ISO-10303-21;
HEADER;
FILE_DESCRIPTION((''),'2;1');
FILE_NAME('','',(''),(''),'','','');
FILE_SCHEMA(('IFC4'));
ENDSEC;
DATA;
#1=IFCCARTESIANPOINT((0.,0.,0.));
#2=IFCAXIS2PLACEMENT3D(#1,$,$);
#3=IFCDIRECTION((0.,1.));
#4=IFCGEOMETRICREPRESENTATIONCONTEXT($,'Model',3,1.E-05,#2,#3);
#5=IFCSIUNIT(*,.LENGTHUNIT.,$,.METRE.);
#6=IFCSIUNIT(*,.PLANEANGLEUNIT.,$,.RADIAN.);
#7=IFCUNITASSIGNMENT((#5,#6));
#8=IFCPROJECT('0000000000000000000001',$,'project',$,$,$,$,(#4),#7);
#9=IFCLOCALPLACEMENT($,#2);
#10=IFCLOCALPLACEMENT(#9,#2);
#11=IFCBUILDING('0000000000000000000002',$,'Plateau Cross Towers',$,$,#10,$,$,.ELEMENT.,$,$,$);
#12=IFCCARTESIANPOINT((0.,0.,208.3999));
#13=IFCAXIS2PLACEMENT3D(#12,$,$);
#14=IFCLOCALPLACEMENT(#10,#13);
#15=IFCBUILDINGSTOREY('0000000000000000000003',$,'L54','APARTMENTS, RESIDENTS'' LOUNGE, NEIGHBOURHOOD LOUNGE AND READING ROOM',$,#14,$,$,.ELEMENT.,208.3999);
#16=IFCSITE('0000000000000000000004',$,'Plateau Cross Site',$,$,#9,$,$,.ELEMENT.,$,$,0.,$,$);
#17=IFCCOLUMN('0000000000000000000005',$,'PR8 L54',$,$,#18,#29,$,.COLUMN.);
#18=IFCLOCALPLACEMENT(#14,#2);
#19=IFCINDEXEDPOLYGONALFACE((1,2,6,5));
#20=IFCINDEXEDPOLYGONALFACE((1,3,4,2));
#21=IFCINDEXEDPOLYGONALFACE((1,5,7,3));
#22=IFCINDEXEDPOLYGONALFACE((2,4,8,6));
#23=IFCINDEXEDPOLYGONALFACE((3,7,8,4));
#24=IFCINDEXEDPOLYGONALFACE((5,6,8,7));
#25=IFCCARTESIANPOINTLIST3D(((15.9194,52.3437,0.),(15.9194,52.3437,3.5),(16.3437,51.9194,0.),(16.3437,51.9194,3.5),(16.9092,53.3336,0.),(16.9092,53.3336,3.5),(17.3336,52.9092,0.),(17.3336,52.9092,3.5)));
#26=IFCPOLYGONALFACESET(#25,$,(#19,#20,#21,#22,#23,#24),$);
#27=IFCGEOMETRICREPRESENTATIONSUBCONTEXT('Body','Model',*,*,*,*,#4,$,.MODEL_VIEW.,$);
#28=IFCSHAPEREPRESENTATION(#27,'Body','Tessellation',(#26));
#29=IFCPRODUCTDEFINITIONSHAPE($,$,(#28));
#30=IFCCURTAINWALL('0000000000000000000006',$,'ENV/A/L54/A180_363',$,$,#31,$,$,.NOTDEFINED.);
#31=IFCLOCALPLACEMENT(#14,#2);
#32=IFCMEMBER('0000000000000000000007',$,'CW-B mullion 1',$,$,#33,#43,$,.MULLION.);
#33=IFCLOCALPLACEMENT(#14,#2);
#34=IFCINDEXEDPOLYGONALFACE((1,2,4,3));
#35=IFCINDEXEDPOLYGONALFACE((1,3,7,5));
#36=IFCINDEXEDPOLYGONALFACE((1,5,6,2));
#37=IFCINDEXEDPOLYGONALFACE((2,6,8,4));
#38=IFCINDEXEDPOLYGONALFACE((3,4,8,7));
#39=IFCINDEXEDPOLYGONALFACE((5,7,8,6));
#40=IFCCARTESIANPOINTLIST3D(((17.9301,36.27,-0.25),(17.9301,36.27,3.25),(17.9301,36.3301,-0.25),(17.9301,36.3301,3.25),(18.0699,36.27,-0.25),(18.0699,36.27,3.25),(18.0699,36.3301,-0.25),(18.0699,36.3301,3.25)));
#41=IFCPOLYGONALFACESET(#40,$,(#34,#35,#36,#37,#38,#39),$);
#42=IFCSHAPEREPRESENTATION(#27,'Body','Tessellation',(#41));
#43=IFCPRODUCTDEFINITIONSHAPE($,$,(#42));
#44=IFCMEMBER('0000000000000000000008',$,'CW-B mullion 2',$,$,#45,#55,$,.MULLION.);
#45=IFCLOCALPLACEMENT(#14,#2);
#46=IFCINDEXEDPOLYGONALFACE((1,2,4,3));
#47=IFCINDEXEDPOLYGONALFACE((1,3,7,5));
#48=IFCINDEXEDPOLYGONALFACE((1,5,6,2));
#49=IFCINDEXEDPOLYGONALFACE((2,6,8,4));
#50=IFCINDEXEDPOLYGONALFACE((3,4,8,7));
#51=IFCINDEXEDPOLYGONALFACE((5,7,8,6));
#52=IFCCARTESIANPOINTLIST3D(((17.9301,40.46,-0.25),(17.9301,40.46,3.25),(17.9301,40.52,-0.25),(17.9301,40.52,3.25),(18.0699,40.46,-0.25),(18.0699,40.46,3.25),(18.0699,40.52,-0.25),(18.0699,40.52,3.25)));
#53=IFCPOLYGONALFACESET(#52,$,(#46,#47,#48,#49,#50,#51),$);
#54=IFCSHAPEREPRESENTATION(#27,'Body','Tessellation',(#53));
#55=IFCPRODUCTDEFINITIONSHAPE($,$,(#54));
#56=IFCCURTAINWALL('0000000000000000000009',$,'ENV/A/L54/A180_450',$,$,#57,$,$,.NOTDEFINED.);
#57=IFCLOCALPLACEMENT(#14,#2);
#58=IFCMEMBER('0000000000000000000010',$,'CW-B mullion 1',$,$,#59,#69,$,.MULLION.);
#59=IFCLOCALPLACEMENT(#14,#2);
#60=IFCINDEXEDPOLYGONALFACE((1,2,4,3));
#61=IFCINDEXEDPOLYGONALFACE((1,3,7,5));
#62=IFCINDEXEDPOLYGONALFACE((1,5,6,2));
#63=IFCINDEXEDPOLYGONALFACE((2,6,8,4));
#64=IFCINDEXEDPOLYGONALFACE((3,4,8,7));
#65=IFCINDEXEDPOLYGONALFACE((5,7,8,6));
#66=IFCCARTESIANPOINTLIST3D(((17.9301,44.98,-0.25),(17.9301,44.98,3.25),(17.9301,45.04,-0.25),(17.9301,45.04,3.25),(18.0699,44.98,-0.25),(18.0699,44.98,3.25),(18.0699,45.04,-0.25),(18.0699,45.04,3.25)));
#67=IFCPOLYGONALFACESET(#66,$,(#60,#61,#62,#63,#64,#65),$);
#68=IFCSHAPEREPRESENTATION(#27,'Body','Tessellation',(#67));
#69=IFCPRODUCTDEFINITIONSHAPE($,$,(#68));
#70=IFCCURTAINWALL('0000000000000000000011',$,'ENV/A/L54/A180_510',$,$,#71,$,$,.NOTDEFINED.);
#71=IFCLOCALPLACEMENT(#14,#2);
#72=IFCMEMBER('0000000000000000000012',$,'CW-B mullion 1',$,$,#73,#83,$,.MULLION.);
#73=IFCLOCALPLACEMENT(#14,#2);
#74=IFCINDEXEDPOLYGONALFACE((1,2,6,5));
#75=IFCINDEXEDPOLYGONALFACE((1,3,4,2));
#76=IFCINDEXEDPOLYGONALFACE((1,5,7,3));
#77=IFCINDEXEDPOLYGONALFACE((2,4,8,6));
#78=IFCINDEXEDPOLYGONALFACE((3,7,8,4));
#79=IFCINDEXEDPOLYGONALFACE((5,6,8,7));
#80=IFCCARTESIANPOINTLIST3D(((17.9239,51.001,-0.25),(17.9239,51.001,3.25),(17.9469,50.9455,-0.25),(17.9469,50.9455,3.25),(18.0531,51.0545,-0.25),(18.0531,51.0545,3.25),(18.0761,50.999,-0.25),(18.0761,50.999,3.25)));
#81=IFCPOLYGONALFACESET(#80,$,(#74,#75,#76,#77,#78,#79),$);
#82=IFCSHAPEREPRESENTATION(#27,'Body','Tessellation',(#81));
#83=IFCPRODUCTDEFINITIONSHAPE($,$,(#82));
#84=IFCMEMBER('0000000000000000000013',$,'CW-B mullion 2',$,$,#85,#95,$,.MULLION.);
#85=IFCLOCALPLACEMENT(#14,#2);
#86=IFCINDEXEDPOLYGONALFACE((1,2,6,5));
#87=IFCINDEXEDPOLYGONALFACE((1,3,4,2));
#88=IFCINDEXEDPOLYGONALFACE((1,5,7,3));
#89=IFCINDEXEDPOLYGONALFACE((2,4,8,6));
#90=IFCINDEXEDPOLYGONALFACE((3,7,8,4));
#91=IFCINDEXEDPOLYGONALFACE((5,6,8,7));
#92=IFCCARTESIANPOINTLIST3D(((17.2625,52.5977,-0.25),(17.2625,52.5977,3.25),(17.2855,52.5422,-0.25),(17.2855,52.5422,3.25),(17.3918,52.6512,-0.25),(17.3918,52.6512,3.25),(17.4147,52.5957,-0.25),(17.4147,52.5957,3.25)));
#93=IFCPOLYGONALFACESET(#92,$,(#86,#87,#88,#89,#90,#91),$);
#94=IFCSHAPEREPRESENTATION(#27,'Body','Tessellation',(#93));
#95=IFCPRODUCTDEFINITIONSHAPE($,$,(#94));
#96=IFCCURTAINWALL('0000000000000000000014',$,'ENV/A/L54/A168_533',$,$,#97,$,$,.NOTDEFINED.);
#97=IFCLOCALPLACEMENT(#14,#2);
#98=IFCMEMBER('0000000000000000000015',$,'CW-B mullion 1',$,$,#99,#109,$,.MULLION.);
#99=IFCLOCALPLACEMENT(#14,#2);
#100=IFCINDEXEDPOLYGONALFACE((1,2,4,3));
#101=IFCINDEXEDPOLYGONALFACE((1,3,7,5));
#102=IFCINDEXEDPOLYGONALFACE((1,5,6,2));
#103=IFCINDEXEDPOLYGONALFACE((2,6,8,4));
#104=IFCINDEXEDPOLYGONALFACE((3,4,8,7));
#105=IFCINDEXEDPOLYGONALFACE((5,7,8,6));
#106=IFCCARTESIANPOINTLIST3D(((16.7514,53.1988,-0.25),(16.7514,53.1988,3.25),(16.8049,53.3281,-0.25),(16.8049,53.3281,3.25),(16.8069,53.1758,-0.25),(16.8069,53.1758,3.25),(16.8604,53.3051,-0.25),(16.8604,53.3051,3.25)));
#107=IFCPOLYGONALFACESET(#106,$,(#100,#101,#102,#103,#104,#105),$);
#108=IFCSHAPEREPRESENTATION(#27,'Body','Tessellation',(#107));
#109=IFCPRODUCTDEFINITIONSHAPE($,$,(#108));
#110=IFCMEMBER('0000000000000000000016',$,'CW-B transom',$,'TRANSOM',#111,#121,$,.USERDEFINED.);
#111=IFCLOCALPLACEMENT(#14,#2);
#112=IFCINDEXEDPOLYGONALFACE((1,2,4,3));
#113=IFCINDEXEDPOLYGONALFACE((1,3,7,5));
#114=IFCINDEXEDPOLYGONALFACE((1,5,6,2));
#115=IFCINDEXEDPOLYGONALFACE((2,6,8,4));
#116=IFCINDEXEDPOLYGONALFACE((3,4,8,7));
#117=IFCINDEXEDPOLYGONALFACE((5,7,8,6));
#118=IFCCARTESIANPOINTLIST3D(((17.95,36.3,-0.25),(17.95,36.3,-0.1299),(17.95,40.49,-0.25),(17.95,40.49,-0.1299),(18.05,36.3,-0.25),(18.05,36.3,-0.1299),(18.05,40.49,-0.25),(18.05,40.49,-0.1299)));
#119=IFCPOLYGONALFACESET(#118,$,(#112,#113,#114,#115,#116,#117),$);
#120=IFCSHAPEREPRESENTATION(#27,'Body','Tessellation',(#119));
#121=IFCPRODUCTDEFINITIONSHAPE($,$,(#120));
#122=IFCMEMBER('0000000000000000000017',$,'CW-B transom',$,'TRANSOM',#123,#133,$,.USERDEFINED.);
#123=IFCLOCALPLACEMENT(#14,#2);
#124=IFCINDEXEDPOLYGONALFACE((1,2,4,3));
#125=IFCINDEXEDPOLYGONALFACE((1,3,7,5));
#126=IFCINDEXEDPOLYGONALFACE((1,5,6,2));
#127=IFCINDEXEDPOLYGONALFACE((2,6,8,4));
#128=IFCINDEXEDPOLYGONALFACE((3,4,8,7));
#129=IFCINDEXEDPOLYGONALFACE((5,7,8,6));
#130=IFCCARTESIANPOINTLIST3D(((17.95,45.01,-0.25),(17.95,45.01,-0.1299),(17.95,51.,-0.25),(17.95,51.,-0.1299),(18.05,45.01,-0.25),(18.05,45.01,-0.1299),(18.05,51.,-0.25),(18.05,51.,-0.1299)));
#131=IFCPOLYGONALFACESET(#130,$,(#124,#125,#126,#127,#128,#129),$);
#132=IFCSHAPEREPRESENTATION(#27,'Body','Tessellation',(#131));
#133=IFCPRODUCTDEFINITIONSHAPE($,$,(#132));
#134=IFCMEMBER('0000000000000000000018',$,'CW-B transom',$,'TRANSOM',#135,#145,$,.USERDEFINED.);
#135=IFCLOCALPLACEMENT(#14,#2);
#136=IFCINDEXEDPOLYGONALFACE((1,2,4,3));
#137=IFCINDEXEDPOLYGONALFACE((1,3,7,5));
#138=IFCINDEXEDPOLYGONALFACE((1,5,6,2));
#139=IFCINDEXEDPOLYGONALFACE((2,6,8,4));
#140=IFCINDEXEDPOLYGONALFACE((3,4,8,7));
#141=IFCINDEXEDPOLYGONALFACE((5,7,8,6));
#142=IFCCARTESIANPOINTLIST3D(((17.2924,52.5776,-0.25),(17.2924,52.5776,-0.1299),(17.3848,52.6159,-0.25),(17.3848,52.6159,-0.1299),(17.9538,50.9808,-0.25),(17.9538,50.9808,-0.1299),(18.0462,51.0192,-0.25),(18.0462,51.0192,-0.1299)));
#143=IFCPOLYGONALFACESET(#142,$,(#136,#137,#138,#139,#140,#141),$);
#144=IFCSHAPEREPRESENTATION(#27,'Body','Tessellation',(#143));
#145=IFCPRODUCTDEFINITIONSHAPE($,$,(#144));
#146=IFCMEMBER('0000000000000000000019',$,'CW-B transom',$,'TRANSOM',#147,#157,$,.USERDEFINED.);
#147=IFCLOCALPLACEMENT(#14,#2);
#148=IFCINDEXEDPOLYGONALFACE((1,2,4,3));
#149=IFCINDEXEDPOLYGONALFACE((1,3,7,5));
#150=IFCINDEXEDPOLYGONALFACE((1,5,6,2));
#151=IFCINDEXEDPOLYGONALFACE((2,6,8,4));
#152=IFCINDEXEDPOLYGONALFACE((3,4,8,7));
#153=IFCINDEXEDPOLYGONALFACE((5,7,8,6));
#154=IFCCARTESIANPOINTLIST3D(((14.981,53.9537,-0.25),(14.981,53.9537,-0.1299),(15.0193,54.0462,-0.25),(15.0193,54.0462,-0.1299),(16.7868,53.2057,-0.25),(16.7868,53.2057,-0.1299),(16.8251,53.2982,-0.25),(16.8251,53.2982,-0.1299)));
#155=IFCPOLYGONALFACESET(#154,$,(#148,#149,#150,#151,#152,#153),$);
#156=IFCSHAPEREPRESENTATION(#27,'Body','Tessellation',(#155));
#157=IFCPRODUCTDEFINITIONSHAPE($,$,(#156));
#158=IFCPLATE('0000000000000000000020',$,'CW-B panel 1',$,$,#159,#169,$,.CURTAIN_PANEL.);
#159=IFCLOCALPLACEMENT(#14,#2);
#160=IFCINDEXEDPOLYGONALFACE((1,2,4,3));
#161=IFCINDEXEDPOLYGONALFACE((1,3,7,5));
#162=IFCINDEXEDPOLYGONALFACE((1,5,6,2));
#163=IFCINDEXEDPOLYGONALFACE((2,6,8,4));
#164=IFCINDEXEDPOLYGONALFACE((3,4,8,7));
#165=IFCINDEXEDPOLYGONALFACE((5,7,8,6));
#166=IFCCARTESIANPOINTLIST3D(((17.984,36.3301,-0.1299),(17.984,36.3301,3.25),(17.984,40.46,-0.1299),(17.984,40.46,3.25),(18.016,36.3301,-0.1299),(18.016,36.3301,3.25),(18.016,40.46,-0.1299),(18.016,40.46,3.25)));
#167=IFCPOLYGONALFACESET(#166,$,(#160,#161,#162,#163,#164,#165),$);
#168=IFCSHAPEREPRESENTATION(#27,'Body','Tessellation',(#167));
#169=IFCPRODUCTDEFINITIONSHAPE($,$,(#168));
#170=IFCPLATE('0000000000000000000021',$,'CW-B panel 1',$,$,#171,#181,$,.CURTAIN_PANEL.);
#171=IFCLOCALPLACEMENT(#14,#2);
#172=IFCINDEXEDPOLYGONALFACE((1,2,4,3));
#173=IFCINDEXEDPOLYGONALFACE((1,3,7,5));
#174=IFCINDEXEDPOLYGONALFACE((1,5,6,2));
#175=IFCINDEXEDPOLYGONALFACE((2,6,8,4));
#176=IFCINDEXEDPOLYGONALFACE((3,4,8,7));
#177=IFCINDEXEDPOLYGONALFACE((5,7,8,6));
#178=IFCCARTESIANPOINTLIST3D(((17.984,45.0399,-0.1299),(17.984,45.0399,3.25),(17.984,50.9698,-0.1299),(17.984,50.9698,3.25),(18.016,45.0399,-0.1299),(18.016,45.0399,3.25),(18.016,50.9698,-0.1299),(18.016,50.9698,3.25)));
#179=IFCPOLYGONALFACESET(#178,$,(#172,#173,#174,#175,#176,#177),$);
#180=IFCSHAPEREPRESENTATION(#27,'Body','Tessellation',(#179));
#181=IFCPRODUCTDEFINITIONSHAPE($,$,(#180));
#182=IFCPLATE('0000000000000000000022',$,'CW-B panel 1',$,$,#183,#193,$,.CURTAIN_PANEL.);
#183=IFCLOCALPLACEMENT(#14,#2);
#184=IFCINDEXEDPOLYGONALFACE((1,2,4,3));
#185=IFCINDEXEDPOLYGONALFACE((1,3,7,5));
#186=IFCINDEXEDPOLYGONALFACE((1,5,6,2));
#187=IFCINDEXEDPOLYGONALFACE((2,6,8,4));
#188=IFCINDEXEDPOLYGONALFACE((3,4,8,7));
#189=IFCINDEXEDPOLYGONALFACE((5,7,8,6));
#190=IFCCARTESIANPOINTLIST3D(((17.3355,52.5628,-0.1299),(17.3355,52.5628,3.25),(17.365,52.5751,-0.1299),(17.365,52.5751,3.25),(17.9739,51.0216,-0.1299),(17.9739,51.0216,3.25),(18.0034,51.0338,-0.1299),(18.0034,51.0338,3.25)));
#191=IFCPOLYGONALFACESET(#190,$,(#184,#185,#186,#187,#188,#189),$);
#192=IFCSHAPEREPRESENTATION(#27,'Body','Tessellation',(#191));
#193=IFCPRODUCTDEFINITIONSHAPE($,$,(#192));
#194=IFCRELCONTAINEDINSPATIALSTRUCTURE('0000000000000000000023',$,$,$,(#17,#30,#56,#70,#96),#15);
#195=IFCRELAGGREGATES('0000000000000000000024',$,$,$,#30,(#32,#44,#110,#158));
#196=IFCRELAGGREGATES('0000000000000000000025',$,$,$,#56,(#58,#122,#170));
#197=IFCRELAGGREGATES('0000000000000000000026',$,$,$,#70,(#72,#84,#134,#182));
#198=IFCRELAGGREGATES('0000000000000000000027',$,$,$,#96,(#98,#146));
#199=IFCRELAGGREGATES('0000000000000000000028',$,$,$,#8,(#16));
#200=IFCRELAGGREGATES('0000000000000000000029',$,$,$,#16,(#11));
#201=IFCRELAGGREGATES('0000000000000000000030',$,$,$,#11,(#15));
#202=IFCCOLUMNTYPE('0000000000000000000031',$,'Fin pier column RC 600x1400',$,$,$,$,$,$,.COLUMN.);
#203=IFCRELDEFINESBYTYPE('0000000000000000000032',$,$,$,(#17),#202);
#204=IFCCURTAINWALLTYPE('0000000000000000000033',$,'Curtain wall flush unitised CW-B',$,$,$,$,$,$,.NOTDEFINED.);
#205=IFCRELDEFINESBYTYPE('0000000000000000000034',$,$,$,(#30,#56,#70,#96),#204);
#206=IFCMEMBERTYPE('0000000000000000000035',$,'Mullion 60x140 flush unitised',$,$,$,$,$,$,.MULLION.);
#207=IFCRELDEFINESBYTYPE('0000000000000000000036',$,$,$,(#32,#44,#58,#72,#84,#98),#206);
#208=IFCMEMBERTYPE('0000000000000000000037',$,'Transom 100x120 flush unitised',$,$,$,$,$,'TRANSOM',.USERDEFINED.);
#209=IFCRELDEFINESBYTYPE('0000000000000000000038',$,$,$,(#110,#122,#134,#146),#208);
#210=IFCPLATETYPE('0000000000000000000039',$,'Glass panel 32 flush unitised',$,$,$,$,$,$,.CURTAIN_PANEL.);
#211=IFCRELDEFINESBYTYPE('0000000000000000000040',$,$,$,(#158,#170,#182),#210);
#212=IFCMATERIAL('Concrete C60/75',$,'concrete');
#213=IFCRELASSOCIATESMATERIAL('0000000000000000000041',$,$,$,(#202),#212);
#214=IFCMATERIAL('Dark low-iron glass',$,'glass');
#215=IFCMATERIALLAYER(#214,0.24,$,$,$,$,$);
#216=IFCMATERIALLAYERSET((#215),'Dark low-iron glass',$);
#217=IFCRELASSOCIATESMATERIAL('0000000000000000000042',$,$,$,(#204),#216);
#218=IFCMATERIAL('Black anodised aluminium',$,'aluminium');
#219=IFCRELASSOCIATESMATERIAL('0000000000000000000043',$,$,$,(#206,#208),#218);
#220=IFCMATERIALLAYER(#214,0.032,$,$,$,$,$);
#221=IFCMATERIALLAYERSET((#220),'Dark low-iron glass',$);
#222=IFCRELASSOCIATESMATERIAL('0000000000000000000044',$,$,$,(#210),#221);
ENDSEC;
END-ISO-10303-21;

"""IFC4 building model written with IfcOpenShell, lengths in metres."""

from ifc_helpers import new_model, si_unit, direction, frame, origin, origin_2d, place, context, subcontext, project, spatial, rectangle, extrude, material, layer, layer_set, material_profile, profile_set, type_object, element, aggregate, save


model = new_model("IFC4")

# Units and contexts
model_context = context("Model", 3, precision=1e-05, world=origin(), true_north=direction((0.0, 1.0)))
body_context = subcontext(model_context, "Body", "Model", "MODEL_VIEW")
ifc_project = project(units=[si_unit("LENGTHUNIT", "METRE"), si_unit("PLANEANGLEUNIT", "RADIAN")], contexts=[model_context])

# Site, building, storey
site_placement = place(None, origin())
site = spatial("IfcSite", under=ifc_project, at=site_placement, Name="Plateau Cross Site", CompositionType="ELEMENT", RefElevation=0.0)
building_placement = place(site_placement, origin())
building = spatial("IfcBuilding", under=site, at=building_placement, Name="Plateau Cross Towers", CompositionType="ELEMENT")
storey_placement = place(building_placement, frame((0.0, 0.0, 208.3999)))
storey = spatial("IfcBuildingStorey", under=building, at=storey_placement, Name="L54", Description="APARTMENTS, RESIDENTS' LOUNGE, NEIGHBOURHOOD LOUNGE AND READING ROOM", CompositionType="ELEMENT", Elevation=208.3999)

# Column
ifc_material_1 = material(Name="Concrete C60/75", Category="concrete")
ifc_material_profile_1 = material_profile(ifc_material_1, rectangle(XDim=0.6001, YDim=1.3999, at=origin_2d()), Name="RC 600x1400")
ifc_profile_set_1 = profile_set([ifc_material_profile_1], Name="Concrete C60/75")
column_type = type_object("IfcColumnType", Name="Fin pier column RC 600x1400", PredefinedType="COLUMN", material=ifc_profile_set_1)
column_placement = place(storey_placement, frame((16.6265, 52.6265, 0.0), z_axis=(0.0, 0.0, 1.0), x_axis=(-0.707107, 0.707107, 0.0)))
element("IfcColumn", 1, at=column_placement, inside=storey, type_object=column_type, Name="PR8 L54", PredefinedType="COLUMN", context=body_context, shape_type="SweptSolid", body=[
    extrude(rectangle(XDim=0.6001, YDim=1.3999, at=origin_2d()), origin(), (0.0, 0.0, 1.0), 3.5),
])

# Curtain wall, members
ifc_material_2 = material(Name="Dark low-iron glass", Category="glass")
ifc_layer_1 = layer(ifc_material_2, 0.24)
ifc_layer_set_1 = layer_set([ifc_layer_1], Name="Dark low-iron glass")
curtain_wall_type = type_object("IfcCurtainWallType", Name="Curtain wall flush unitised CW-B", PredefinedType="NOTDEFINED", material=ifc_layer_set_1)
curtain_wall_1_placement = place(storey_placement, origin())
curtain_wall_1 = element("IfcCurtainWall", 2, at=curtain_wall_1_placement, inside=storey, type_object=curtain_wall_type, Name="ENV/A/L54/A180_363", PredefinedType="NOTDEFINED")
ifc_material_3 = material(Name="Black anodised aluminium", Category="aluminium")
ifc_material_profile_2 = material_profile(ifc_material_3, rectangle(XDim=0.0601, YDim=0.1399, at=origin_2d()), Name="MULLION 60x140")
ifc_profile_set_2 = profile_set([ifc_material_profile_2], Name="Black anodised aluminium")
member_type_1 = type_object("IfcMemberType", Name="Mullion 60x140 flush unitised", PredefinedType="MULLION", material=ifc_profile_set_2)
member_1_placement = place(storey_placement, frame((18.0, 36.3, -0.25), z_axis=(0.0, 0.0, 1.0), x_axis=(0.0, 1.0, 0.0)))
member_1 = element("IfcMember", 3, at=member_1_placement, type_object=member_type_1, Name="CW-B mullion 1", PredefinedType="MULLION", context=body_context, shape_type="SweptSolid", body=[
    extrude(rectangle(XDim=0.0601, YDim=0.1399, at=origin_2d()), origin(), (0.0, 0.0, 1.0), 3.5),
])
member_2_placement = place(storey_placement, frame((18.0, 40.49, -0.25), z_axis=(0.0, 0.0, 1.0), x_axis=(0.0, 1.0, 0.0)))
member_2 = element("IfcMember", 4, at=member_2_placement, type_object=member_type_1, Name="CW-B mullion 2", PredefinedType="MULLION", context=body_context, shape_type="SweptSolid", body=[
    extrude(rectangle(XDim=0.0601, YDim=0.1399, at=origin_2d()), origin(), (0.0, 0.0, 1.0), 3.5),
])

# Curtain wall, member
curtain_wall_2_placement = place(storey_placement, origin())
curtain_wall_2 = element("IfcCurtainWall", 5, at=curtain_wall_2_placement, inside=storey, type_object=curtain_wall_type, Name="ENV/A/L54/A180_450", PredefinedType="NOTDEFINED")
member_3_placement = place(storey_placement, frame((18.0, 45.01, -0.25), z_axis=(0.0, 0.0, 1.0), x_axis=(0.0, 1.0, 0.0)))
member_3 = element("IfcMember", 6, at=member_3_placement, type_object=member_type_1, Name="CW-B mullion 1", PredefinedType="MULLION", context=body_context, shape_type="SweptSolid", body=[
    extrude(rectangle(XDim=0.0601, YDim=0.1399, at=origin_2d()), origin(), (0.0, 0.0, 1.0), 3.5),
])

# Curtain wall, members
curtain_wall_3_placement = place(storey_placement, origin())
curtain_wall_3 = element("IfcCurtainWall", 7, at=curtain_wall_3_placement, inside=storey, type_object=curtain_wall_type, Name="ENV/A/L54/A180_510", PredefinedType="NOTDEFINED")
member_4_placement = place(storey_placement, frame((18.0, 51.0, -0.25), z_axis=(0.0, 0.0, 1.0), x_axis=(-0.382684, 0.923879, 0.0)))
member_4 = element("IfcMember", 8, at=member_4_placement, type_object=member_type_1, Name="CW-B mullion 1", PredefinedType="MULLION", context=body_context, shape_type="SweptSolid", body=[
    extrude(rectangle(XDim=0.0601, YDim=0.1399, at=origin_2d()), origin(), (0.0, 0.0, 1.0), 3.5),
])
member_5_placement = place(storey_placement, frame((17.3386, 52.5967, -0.25), z_axis=(0.0, 0.0, 1.0), x_axis=(-0.382684, 0.923879, 0.0)))
member_5 = element("IfcMember", 9, at=member_5_placement, type_object=member_type_1, Name="CW-B mullion 2", PredefinedType="MULLION", context=body_context, shape_type="SweptSolid", body=[
    extrude(rectangle(XDim=0.0601, YDim=0.1399, at=origin_2d()), origin(), (0.0, 0.0, 1.0), 3.5),
])

# Curtain wall, member
curtain_wall_4_placement = place(storey_placement, origin())
curtain_wall_4 = element("IfcCurtainWall", 10, at=curtain_wall_4_placement, inside=storey, type_object=curtain_wall_type, Name="ENV/A/L54/A168_533", PredefinedType="NOTDEFINED")
member_6_placement = place(storey_placement, frame((16.8059, 53.252, -0.25), z_axis=(0.0, 0.0, 1.0), x_axis=(-0.923879, 0.382684, 0.0)))
member_6 = element("IfcMember", 11, at=member_6_placement, type_object=member_type_1, Name="CW-B mullion 1", PredefinedType="MULLION", context=body_context, shape_type="SweptSolid", body=[
    extrude(rectangle(XDim=0.0601, YDim=0.1399, at=origin_2d()), origin(), (0.0, 0.0, 1.0), 3.5),
])

# Members
ifc_material_profile_3 = material_profile(ifc_material_3, rectangle(XDim=0.1001, YDim=0.1201, at=origin_2d()), Name="TRANSOM 100x120")
ifc_profile_set_3 = profile_set([ifc_material_profile_3], Name="Black anodised aluminium")
member_type_2 = type_object("IfcMemberType", Name="Transom 100x120 flush unitised", ElementType="TRANSOM", PredefinedType="USERDEFINED", material=ifc_profile_set_3)
member_7_placement = place(storey_placement, frame((18.0, 36.3, -0.1899), z_axis=(0.0, 1.0, 0.0), x_axis=(-1.0, 0.0, 0.0)))
member_7 = element("IfcMember", 12, at=member_7_placement, type_object=member_type_2, Name="CW-B transom", ObjectType="TRANSOM", PredefinedType="USERDEFINED", context=body_context, shape_type="SweptSolid", body=[
    extrude(rectangle(XDim=0.1001, YDim=0.1201, at=origin_2d()), origin(), (0.0, 0.0, 1.0), 4.1899),
])
member_8_placement = place(storey_placement, frame((18.0, 45.01, -0.1899), z_axis=(0.0, 1.0, 0.0), x_axis=(-1.0, 0.0, 0.0)))
member_8 = element("IfcMember", 13, at=member_8_placement, type_object=member_type_2, Name="CW-B transom", ObjectType="TRANSOM", PredefinedType="USERDEFINED", context=body_context, shape_type="SweptSolid", body=[
    extrude(rectangle(XDim=0.1001, YDim=0.1201, at=origin_2d()), origin(), (0.0, 0.0, 1.0), 5.99),
])
member_9_placement = place(storey_placement, frame((18.0, 51.0, -0.1899), z_axis=(-0.382689, 0.923877, 0.0), x_axis=(-0.923877, -0.382689, 0.0)))
member_9 = element("IfcMember", 14, at=member_9_placement, type_object=member_type_2, Name="CW-B transom", ObjectType="TRANSOM", PredefinedType="USERDEFINED", context=body_context, shape_type="SweptSolid", body=[
    extrude(rectangle(XDim=0.1001, YDim=0.1201, at=origin_2d()), origin(), (0.0, 0.0, 1.0), 1.7283),
])
member_10_placement = place(storey_placement, frame((16.8059, 53.252, -0.1899), z_axis=(-0.923877, 0.38269, 0.0), x_axis=(-0.38269, -0.923877, 0.0)))
member_10 = element("IfcMember", 15, at=member_10_placement, type_object=member_type_2, Name="CW-B transom", ObjectType="TRANSOM", PredefinedType="USERDEFINED", context=body_context, shape_type="SweptSolid", body=[
    extrude(rectangle(XDim=0.1001, YDim=0.1201, at=origin_2d()), origin(), (0.0, 0.0, 1.0), 1.9546),
])

# Plates
ifc_layer_2 = layer(ifc_material_2, 0.032)
ifc_layer_set_2 = layer_set([ifc_layer_2], Name="Dark low-iron glass")
plate_type = type_object("IfcPlateType", Name="Glass panel 32 flush unitised", PredefinedType="CURTAIN_PANEL", material=ifc_layer_set_2)
plate_1_placement = place(storey_placement, frame((18.0, 38.395, -0.1299), z_axis=(0.0, 0.0, 1.0), x_axis=(0.0, 1.0, 0.0)))
plate_1 = element("IfcPlate", 16, at=plate_1_placement, type_object=plate_type, Name="CW-B panel 1", PredefinedType="CURTAIN_PANEL", context=body_context, shape_type="SweptSolid", body=[
    extrude(rectangle(XDim=4.1299, YDim=0.032, at=origin_2d()), origin(), (0.0, 0.0, 1.0), 3.3799),
])
aggregate(curtain_wall_1, [member_1, member_2, member_7, plate_1])
plate_2_placement = place(storey_placement, frame((18.0, 48.0049, -0.1299), z_axis=(0.0, 0.0, 1.0), x_axis=(0.0, 1.0, 0.0)))
plate_2 = element("IfcPlate", 17, at=plate_2_placement, type_object=plate_type, Name="CW-B panel 1", PredefinedType="CURTAIN_PANEL", context=body_context, shape_type="SweptSolid", body=[
    extrude(rectangle(XDim=5.9299, YDim=0.032, at=origin_2d()), origin(), (0.0, 0.0, 1.0), 3.3799),
])
aggregate(curtain_wall_2, [member_3, member_8, plate_2])
plate_3_placement = place(storey_placement, frame((17.6694, 51.7983, -0.1299), z_axis=(0.0, 0.0, 1.0), x_axis=(-0.382684, 0.923879, 0.0)))
plate_3 = element("IfcPlate", 18, at=plate_3_placement, type_object=plate_type, Name="CW-B panel 1", PredefinedType="CURTAIN_PANEL", context=body_context, shape_type="SweptSolid", body=[
    extrude(rectangle(XDim=1.6682, YDim=0.032, at=origin_2d()), origin(), (0.0, 0.0, 1.0), 3.3799),
])
aggregate(curtain_wall_3, [member_4, member_5, member_9, plate_3])
aggregate(curtain_wall_4, [member_6, member_10])

save(model, "model.ifc")
